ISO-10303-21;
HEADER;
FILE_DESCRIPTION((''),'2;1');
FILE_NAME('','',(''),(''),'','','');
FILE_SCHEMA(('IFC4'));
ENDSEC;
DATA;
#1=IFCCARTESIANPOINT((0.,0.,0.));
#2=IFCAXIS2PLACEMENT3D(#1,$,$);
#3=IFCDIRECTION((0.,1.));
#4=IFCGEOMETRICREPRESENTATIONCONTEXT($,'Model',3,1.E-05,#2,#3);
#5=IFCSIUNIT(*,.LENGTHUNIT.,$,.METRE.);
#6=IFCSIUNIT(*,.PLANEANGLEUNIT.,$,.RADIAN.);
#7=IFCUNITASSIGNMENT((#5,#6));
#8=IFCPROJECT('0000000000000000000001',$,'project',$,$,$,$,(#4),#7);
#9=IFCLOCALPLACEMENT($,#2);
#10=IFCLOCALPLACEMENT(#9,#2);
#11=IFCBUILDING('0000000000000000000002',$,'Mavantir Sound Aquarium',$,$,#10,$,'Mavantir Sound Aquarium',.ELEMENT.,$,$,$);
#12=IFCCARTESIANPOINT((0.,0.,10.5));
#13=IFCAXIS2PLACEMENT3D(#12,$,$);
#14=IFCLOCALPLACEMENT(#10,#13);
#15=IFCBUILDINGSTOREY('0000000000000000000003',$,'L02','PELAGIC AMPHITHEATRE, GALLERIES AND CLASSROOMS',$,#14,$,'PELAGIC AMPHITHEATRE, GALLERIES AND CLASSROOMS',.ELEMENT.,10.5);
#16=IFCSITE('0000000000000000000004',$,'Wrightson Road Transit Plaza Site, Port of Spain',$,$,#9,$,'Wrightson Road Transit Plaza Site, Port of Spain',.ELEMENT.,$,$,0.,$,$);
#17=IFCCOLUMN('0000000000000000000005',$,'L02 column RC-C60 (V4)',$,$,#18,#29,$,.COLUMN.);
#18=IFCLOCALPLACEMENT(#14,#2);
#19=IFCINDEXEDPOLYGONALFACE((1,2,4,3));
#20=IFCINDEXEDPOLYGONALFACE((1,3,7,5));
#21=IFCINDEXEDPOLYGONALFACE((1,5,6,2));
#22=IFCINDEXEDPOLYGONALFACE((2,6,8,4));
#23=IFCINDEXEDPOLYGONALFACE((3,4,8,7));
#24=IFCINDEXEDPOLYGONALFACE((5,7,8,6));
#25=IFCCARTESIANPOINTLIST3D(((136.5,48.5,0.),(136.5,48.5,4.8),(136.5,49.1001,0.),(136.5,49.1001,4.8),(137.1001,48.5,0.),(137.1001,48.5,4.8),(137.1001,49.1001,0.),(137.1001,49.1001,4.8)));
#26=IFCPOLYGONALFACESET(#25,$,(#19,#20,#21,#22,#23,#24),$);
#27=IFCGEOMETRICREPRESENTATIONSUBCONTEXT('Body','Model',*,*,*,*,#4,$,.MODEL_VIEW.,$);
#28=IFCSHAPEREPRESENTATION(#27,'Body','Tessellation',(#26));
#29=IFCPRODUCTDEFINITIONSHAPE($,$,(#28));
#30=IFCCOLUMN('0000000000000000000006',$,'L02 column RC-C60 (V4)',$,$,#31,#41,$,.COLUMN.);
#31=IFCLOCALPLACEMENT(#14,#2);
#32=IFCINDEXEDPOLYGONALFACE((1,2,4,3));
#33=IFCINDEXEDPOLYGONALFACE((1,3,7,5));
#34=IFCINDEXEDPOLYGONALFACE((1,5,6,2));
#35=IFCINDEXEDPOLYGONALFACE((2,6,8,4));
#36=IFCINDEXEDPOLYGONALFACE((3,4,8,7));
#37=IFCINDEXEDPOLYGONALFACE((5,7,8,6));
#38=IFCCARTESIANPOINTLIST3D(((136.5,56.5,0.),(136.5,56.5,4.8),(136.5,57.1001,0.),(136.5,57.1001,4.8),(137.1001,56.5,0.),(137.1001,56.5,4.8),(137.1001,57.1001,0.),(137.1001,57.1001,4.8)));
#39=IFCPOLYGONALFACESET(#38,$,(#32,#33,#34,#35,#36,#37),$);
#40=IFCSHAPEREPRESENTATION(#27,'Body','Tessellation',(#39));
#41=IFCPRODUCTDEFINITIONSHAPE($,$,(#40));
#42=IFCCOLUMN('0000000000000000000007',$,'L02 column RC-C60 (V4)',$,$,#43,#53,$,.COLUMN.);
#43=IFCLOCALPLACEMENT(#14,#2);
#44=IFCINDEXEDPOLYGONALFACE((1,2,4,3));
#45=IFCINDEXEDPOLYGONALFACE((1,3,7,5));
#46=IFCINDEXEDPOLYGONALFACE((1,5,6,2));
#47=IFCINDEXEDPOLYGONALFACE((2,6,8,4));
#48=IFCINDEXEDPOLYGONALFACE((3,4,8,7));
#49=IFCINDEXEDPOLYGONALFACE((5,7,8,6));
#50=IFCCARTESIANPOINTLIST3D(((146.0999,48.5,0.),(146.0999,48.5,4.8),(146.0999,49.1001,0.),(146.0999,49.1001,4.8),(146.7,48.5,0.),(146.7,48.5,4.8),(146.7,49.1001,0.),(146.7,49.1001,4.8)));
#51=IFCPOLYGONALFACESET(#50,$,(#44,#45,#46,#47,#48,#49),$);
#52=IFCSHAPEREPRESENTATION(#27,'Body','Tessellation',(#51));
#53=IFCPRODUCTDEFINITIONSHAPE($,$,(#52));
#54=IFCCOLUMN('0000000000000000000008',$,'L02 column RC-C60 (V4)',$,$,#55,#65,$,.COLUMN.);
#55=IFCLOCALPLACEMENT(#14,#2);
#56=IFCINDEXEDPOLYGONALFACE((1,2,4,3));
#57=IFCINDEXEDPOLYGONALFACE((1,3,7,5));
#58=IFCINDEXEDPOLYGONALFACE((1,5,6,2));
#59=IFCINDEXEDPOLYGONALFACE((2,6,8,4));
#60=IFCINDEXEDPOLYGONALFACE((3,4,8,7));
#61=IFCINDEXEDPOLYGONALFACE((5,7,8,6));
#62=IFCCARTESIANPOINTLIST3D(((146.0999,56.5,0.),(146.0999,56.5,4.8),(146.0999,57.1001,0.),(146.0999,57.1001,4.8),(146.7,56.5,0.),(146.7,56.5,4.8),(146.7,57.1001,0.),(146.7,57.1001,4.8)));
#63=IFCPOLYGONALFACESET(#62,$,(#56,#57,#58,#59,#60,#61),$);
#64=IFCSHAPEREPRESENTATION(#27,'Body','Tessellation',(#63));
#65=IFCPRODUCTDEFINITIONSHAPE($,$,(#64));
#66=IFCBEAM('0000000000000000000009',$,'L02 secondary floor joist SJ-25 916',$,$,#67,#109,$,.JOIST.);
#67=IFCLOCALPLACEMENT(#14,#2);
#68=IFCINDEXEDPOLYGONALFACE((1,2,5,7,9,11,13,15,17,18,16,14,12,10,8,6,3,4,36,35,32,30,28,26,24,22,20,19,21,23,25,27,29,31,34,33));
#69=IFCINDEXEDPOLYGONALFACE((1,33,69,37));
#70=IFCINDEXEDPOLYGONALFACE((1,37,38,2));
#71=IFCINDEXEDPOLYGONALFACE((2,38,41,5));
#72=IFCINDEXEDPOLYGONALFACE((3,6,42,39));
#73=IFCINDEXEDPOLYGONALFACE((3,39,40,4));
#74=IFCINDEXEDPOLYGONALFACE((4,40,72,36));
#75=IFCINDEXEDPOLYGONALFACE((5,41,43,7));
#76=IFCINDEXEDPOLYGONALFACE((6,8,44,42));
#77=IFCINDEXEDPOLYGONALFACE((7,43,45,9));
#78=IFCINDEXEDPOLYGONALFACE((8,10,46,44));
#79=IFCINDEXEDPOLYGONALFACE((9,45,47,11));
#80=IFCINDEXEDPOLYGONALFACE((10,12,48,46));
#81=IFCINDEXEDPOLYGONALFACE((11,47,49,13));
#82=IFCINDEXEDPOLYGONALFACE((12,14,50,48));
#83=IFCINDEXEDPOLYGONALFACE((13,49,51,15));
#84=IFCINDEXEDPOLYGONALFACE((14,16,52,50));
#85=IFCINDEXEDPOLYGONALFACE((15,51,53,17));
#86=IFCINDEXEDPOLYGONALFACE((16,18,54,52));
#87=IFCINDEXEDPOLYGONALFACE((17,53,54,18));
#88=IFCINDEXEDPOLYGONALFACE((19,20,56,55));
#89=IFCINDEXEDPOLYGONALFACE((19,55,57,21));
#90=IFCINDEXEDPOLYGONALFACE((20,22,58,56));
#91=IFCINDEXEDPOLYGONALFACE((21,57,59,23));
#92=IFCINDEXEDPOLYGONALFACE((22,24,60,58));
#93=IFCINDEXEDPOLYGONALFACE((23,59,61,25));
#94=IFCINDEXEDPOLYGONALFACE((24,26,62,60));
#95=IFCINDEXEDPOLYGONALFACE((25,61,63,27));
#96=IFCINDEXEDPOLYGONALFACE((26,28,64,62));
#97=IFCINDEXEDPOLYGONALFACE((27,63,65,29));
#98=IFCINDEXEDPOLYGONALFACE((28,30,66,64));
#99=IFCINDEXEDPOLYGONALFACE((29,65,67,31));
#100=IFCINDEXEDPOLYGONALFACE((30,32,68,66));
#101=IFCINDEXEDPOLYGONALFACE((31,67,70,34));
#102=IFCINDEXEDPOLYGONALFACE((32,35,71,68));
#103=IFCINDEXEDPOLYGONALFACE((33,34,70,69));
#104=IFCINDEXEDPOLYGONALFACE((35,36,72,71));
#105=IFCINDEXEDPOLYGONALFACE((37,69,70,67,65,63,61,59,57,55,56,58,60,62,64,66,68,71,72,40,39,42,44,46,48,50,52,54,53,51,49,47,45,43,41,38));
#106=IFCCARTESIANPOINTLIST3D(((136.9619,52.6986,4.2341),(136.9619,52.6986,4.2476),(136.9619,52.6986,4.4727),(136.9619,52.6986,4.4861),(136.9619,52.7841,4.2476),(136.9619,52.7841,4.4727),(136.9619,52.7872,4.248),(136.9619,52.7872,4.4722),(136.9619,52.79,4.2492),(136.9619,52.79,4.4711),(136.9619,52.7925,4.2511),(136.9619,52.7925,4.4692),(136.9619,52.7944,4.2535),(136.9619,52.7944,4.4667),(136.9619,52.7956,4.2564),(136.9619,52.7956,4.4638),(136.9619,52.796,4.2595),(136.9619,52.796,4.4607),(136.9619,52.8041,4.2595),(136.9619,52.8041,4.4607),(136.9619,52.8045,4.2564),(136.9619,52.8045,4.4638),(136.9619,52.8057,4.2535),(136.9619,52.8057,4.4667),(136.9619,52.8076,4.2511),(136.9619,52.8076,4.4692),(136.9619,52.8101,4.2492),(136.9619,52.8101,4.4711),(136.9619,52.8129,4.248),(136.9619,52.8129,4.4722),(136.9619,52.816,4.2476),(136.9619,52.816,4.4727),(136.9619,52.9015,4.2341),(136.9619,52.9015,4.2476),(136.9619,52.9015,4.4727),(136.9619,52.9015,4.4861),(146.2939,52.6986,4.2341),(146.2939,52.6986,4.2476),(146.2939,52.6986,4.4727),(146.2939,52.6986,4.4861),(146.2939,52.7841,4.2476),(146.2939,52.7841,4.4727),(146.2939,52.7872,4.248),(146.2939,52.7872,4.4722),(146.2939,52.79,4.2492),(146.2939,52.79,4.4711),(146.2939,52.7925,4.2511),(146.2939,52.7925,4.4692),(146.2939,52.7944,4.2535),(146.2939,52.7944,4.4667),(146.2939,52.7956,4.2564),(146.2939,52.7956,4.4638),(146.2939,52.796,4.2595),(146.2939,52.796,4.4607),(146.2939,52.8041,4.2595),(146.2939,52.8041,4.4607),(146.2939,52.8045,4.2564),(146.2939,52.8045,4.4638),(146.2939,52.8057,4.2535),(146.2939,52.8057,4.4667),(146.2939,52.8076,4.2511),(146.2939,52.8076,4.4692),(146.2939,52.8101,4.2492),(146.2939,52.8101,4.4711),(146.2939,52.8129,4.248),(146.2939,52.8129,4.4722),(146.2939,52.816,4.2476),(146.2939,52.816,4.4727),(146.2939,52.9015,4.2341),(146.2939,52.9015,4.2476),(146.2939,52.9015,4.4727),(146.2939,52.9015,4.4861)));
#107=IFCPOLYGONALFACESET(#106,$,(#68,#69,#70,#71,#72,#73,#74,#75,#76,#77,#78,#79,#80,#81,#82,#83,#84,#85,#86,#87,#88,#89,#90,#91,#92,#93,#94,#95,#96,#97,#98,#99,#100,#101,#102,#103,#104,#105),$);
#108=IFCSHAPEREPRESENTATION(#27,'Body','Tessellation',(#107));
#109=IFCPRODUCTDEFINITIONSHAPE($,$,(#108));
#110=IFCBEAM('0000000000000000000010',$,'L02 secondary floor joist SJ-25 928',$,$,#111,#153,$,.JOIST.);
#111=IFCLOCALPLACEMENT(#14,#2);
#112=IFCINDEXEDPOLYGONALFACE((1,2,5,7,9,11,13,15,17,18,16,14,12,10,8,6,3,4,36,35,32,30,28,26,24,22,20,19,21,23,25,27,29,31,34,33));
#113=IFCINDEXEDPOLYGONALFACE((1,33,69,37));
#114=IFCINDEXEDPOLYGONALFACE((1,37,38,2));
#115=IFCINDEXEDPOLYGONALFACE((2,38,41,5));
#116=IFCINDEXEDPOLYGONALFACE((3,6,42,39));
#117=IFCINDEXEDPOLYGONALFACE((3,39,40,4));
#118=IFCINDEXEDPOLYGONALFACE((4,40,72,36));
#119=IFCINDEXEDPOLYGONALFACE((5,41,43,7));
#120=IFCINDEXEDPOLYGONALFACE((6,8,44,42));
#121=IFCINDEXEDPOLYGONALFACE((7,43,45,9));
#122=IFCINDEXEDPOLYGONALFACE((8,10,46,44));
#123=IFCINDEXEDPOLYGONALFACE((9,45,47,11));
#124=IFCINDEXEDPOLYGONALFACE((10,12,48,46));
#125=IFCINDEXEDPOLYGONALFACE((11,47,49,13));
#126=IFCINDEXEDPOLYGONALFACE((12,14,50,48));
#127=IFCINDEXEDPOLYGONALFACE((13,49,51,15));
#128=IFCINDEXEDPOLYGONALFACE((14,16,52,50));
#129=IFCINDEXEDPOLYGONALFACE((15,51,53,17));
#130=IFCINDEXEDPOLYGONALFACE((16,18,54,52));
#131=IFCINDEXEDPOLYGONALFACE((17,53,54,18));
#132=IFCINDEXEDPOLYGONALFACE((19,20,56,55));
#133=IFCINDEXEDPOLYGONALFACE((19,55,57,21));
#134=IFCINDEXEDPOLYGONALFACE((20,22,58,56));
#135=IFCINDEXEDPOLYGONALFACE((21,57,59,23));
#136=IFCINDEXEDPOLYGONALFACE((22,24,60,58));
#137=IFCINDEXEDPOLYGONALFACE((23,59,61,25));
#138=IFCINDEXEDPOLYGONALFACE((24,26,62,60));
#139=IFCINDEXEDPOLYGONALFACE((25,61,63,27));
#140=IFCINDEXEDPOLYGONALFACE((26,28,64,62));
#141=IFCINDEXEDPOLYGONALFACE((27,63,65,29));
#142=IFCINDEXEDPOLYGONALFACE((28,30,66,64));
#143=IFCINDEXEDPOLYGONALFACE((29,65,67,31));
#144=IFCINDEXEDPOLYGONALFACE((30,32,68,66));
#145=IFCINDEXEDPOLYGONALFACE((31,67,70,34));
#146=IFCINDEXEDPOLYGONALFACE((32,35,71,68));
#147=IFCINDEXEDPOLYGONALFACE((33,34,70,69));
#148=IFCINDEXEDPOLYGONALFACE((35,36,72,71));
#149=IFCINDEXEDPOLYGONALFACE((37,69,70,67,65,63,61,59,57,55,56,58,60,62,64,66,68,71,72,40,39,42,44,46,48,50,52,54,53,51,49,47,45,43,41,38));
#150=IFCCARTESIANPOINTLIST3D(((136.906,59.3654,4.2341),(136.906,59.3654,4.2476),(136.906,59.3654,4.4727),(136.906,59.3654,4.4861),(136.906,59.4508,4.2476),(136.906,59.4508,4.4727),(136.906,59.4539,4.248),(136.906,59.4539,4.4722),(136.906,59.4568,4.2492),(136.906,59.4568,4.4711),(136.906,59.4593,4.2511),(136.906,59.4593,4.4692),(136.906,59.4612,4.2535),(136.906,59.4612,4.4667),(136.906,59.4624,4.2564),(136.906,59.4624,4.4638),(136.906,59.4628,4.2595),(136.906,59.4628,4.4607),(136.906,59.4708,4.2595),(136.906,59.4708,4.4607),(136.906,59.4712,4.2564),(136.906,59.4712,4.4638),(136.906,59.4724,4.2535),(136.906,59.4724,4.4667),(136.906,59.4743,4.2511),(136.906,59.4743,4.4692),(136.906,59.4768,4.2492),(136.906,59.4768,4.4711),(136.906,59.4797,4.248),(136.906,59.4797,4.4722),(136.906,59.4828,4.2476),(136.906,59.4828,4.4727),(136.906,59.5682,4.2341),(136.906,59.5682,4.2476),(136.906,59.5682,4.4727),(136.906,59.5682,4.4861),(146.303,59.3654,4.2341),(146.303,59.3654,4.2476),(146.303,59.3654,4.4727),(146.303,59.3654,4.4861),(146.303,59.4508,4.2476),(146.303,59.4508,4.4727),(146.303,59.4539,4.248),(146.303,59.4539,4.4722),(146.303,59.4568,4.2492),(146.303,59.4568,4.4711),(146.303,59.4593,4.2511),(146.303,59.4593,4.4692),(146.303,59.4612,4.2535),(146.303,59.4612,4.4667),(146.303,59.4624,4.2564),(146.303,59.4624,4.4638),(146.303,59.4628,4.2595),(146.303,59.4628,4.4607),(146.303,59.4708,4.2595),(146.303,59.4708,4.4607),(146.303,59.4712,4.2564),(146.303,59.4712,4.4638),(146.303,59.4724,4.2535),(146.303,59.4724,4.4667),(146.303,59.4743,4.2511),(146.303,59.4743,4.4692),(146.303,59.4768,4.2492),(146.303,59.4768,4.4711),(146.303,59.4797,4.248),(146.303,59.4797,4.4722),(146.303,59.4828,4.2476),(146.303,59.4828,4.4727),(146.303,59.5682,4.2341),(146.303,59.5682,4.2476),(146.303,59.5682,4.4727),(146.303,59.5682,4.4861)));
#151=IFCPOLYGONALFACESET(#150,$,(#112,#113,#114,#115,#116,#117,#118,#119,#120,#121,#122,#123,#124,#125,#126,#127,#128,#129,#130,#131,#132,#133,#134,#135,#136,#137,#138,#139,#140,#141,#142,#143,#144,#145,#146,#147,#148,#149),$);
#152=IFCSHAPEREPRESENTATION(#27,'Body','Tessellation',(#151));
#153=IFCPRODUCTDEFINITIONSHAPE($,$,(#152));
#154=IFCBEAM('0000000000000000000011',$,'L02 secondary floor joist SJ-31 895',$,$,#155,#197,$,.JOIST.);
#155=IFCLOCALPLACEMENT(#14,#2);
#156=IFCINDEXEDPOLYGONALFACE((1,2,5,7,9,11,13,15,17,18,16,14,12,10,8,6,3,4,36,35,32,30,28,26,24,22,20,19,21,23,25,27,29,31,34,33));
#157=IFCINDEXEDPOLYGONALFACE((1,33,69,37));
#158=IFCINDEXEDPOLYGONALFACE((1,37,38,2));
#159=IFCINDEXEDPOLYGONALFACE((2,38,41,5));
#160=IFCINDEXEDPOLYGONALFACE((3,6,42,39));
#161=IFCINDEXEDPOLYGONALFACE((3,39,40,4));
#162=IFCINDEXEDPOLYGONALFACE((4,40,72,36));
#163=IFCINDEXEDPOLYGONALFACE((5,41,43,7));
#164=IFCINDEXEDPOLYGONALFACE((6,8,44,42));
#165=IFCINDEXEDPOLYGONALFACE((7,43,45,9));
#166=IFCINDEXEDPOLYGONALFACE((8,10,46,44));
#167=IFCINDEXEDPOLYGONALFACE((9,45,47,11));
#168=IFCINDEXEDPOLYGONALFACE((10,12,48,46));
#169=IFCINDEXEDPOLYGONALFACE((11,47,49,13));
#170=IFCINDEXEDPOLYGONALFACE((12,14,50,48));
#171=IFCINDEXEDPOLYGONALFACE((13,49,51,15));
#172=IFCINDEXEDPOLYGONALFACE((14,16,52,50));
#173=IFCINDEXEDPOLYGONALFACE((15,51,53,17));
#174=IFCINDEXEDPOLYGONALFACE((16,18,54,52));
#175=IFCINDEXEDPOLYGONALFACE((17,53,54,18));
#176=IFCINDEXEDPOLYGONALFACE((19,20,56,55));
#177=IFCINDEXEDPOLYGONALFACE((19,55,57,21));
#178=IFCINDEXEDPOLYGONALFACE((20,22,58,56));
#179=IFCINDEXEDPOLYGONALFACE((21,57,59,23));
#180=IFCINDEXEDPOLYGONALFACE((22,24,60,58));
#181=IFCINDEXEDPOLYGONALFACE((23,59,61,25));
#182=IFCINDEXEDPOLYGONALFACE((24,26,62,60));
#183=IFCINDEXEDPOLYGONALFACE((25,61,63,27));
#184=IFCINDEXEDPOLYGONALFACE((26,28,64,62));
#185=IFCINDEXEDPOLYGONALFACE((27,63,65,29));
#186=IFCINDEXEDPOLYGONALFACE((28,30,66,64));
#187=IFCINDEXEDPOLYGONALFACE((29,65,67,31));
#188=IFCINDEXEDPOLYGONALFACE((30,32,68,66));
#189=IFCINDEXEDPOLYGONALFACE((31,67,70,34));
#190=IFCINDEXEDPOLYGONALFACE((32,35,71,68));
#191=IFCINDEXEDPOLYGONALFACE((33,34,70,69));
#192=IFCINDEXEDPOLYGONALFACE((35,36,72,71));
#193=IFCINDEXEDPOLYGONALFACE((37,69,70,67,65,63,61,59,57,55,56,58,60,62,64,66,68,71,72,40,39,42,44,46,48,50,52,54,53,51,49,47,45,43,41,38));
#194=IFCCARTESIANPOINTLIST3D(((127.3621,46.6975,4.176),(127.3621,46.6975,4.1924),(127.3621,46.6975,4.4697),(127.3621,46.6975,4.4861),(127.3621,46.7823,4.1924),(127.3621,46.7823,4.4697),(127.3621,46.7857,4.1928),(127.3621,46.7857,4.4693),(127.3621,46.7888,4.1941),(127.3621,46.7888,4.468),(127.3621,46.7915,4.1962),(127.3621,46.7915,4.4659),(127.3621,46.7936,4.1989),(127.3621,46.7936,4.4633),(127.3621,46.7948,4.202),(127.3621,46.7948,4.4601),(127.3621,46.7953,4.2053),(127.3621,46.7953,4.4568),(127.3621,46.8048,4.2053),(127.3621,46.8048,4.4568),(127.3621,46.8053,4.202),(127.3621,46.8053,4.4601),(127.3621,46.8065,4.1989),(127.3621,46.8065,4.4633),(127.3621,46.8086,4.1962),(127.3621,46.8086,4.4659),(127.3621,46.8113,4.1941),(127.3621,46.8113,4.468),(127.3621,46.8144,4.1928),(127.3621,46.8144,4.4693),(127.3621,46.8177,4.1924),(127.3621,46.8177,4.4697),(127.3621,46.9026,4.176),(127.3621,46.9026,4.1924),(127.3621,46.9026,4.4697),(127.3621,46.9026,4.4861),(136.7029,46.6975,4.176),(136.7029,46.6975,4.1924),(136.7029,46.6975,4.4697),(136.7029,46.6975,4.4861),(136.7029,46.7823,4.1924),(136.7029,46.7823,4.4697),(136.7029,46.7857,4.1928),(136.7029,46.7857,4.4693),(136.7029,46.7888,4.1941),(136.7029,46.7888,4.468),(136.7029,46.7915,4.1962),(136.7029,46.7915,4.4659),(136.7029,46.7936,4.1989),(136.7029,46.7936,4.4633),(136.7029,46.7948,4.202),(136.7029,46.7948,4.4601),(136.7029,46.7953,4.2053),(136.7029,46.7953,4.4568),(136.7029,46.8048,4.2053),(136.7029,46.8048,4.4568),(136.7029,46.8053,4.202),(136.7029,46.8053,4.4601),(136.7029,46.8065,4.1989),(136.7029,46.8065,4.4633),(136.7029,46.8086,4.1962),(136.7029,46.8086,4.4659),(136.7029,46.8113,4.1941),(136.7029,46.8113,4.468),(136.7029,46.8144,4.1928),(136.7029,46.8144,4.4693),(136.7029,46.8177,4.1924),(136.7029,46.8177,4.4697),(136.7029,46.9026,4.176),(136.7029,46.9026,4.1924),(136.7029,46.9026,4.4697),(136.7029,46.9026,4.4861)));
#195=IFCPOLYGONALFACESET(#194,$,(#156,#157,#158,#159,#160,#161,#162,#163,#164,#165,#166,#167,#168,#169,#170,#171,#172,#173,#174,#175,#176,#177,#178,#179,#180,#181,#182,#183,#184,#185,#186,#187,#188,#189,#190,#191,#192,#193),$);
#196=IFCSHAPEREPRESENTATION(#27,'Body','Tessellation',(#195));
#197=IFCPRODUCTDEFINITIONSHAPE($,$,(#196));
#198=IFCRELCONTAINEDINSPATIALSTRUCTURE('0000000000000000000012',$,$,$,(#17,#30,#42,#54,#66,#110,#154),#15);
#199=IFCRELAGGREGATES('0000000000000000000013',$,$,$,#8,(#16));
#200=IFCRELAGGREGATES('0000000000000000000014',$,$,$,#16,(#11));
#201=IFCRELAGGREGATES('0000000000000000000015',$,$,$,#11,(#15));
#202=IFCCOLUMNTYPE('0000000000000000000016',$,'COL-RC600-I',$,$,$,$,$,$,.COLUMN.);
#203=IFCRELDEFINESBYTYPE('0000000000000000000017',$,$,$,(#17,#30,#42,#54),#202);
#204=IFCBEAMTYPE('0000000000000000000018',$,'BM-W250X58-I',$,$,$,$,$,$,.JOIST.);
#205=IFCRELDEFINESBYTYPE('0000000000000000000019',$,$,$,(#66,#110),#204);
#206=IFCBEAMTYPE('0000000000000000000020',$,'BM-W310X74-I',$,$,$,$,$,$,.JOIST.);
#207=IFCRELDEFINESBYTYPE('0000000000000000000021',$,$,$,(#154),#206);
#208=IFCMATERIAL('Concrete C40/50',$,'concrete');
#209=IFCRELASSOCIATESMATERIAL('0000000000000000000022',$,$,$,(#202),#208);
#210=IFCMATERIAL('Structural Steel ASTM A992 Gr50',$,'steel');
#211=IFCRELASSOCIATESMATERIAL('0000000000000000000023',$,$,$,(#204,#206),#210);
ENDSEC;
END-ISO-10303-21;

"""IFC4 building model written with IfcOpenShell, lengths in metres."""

from ifc_helpers import new_model, si_unit, direction, frame, origin, origin_2d, place, context, subcontext, project, spatial, rectangle, i_section, extrude, material, material_profile, profile_set, type_object, element, save


model = new_model("IFC4")

# Units and contexts
model_context = context("Model", 3, precision=1e-05, world=origin(), true_north=direction((0.0, 1.0)))
body_context = subcontext(model_context, "Body", "Model", "MODEL_VIEW")
ifc_project = project(units=[si_unit("LENGTHUNIT", "METRE"), si_unit("PLANEANGLEUNIT", "RADIAN")], contexts=[model_context])

# Site, building, storey
site_placement = place(None, origin())
site = spatial("IfcSite", under=ifc_project, at=site_placement, Name="Wrightson Road Transit Plaza Site, Port of Spain", LongName="Wrightson Road Transit Plaza Site, Port of Spain", CompositionType="ELEMENT", RefElevation=0.0)
building_placement = place(site_placement, origin())
building = spatial("IfcBuilding", under=site, at=building_placement, Name="Mavantir Sound Aquarium", LongName="Mavantir Sound Aquarium", CompositionType="ELEMENT")
storey_placement = place(building_placement, frame((0.0, 0.0, 10.5)))
storey = spatial("IfcBuildingStorey", under=building, at=storey_placement, Name="L02", Description="PELAGIC AMPHITHEATRE, GALLERIES AND CLASSROOMS", LongName="PELAGIC AMPHITHEATRE, GALLERIES AND CLASSROOMS", CompositionType="ELEMENT", Elevation=10.5)

# Columns
ifc_material_1 = material(Name="Concrete C40/50", Category="concrete")
ifc_material_profile_1 = material_profile(ifc_material_1, rectangle(XDim=0.6001, YDim=0.6001, at=origin_2d()), Name="RC 600X600")
ifc_profile_set_1 = profile_set([ifc_material_profile_1], Name="Concrete C40/50")
column_type = type_object("IfcColumnType", Name="COL-RC600-I", PredefinedType="COLUMN", material=ifc_profile_set_1)
for number, where, z_axis, x_axis, name in (
    (1, (136.8, 48.8, 0.0), (0.0, 0.0, 1.0), (1.0, 0.0, 0.0), "L02 column RC-C60 (V4)"),
    (2, (136.8, 56.8, 0.0), (0.0, 0.0, 1.0), (1.0, 0.0, 0.0), "L02 column RC-C60 (V4)"),
    (3, (146.3999, 48.8, 0.0), (0.0, 0.0, 1.0), (1.0, 0.0, 0.0), "L02 column RC-C60 (V4)"),
    (4, (146.3999, 56.8, 0.0), (0.0, 0.0, 1.0), (1.0, 0.0, 0.0), "L02 column RC-C60 (V4)"),
):
    element("IfcColumn", number, at=place(storey_placement, frame(where, z_axis=z_axis, x_axis=x_axis)), inside=storey, type_object=column_type, Name=name, PredefinedType="COLUMN", context=body_context, shape_type="SweptSolid", body=[
        extrude(rectangle(XDim=0.6001, YDim=0.6001, at=origin_2d()), origin(), (0.0, 0.0, 1.0), 4.8),
    ])

# Beams
ifc_material_2 = material(Name="Structural Steel ASTM A992 Gr50", Category="steel")
ifc_material_profile_2 = material_profile(ifc_material_2, i_section(OverallWidth=0.2029, OverallDepth=0.252, WebThickness=0.0081, FlangeThickness=0.0134, FilletRadius=0.012, at=origin_2d()), Name="W250X58")
ifc_profile_set_2 = profile_set([ifc_material_profile_2], Name="Structural Steel ASTM A992 Gr50")
beam_type_1 = type_object("IfcBeamType", Name="BM-W250X58-I", PredefinedType="JOIST", material=ifc_profile_set_2)
beam_1_placement = place(storey_placement, frame((136.9619, 52.8, 4.3601), z_axis=(1.0, 0.0, 0.0), x_axis=(0.0, 1.0, 0.0)))
element("IfcBeam", 5, at=beam_1_placement, inside=storey, type_object=beam_type_1, Name="L02 secondary floor joist SJ-25 916", PredefinedType="JOIST", context=body_context, shape_type="SweptSolid", body=[
    extrude(i_section(OverallWidth=0.2029, OverallDepth=0.252, WebThickness=0.0081, FlangeThickness=0.0134, FilletRadius=0.012, at=origin_2d()), origin(), (0.0, 0.0, 1.0), 9.332),
])
beam_2_placement = place(storey_placement, frame((136.906, 59.4668, 4.3601), z_axis=(1.0, 0.0, 0.0), x_axis=(0.0, 1.0, 0.0)))
element("IfcBeam", 6, at=beam_2_placement, inside=storey, type_object=beam_type_1, Name="L02 secondary floor joist SJ-25 928", PredefinedType="JOIST", context=body_context, shape_type="SweptSolid", body=[
    extrude(i_section(OverallWidth=0.2029, OverallDepth=0.252, WebThickness=0.0081, FlangeThickness=0.0134, FilletRadius=0.012, at=origin_2d()), origin(), (0.0, 0.0, 1.0), 9.397),
])
ifc_material_profile_3 = material_profile(ifc_material_2, i_section(OverallWidth=0.2051, OverallDepth=0.3101, WebThickness=0.0095, FlangeThickness=0.0164, FilletRadius=0.0129, at=origin_2d()), Name="W310X74")
ifc_profile_set_3 = profile_set([ifc_material_profile_3], Name="Structural Steel ASTM A992 Gr50")
beam_type_2 = type_object("IfcBeamType", Name="BM-W310X74-I", PredefinedType="JOIST", material=ifc_profile_set_3)
beam_3_placement = place(storey_placement, frame((127.3621, 46.8, 4.3311), z_axis=(1.0, 0.0, 0.0), x_axis=(0.0, 1.0, 0.0)))
element("IfcBeam", 7, at=beam_3_placement, inside=storey, type_object=beam_type_2, Name="L02 secondary floor joist SJ-31 895", PredefinedType="JOIST", context=body_context, shape_type="SweptSolid", body=[
    extrude(i_section(OverallWidth=0.2051, OverallDepth=0.3101, WebThickness=0.0095, FlangeThickness=0.0164, FilletRadius=0.0129, at=origin_2d()), origin(), (0.0, 0.0, 1.0), 9.3408),
])

save(model, "model.ifc")
